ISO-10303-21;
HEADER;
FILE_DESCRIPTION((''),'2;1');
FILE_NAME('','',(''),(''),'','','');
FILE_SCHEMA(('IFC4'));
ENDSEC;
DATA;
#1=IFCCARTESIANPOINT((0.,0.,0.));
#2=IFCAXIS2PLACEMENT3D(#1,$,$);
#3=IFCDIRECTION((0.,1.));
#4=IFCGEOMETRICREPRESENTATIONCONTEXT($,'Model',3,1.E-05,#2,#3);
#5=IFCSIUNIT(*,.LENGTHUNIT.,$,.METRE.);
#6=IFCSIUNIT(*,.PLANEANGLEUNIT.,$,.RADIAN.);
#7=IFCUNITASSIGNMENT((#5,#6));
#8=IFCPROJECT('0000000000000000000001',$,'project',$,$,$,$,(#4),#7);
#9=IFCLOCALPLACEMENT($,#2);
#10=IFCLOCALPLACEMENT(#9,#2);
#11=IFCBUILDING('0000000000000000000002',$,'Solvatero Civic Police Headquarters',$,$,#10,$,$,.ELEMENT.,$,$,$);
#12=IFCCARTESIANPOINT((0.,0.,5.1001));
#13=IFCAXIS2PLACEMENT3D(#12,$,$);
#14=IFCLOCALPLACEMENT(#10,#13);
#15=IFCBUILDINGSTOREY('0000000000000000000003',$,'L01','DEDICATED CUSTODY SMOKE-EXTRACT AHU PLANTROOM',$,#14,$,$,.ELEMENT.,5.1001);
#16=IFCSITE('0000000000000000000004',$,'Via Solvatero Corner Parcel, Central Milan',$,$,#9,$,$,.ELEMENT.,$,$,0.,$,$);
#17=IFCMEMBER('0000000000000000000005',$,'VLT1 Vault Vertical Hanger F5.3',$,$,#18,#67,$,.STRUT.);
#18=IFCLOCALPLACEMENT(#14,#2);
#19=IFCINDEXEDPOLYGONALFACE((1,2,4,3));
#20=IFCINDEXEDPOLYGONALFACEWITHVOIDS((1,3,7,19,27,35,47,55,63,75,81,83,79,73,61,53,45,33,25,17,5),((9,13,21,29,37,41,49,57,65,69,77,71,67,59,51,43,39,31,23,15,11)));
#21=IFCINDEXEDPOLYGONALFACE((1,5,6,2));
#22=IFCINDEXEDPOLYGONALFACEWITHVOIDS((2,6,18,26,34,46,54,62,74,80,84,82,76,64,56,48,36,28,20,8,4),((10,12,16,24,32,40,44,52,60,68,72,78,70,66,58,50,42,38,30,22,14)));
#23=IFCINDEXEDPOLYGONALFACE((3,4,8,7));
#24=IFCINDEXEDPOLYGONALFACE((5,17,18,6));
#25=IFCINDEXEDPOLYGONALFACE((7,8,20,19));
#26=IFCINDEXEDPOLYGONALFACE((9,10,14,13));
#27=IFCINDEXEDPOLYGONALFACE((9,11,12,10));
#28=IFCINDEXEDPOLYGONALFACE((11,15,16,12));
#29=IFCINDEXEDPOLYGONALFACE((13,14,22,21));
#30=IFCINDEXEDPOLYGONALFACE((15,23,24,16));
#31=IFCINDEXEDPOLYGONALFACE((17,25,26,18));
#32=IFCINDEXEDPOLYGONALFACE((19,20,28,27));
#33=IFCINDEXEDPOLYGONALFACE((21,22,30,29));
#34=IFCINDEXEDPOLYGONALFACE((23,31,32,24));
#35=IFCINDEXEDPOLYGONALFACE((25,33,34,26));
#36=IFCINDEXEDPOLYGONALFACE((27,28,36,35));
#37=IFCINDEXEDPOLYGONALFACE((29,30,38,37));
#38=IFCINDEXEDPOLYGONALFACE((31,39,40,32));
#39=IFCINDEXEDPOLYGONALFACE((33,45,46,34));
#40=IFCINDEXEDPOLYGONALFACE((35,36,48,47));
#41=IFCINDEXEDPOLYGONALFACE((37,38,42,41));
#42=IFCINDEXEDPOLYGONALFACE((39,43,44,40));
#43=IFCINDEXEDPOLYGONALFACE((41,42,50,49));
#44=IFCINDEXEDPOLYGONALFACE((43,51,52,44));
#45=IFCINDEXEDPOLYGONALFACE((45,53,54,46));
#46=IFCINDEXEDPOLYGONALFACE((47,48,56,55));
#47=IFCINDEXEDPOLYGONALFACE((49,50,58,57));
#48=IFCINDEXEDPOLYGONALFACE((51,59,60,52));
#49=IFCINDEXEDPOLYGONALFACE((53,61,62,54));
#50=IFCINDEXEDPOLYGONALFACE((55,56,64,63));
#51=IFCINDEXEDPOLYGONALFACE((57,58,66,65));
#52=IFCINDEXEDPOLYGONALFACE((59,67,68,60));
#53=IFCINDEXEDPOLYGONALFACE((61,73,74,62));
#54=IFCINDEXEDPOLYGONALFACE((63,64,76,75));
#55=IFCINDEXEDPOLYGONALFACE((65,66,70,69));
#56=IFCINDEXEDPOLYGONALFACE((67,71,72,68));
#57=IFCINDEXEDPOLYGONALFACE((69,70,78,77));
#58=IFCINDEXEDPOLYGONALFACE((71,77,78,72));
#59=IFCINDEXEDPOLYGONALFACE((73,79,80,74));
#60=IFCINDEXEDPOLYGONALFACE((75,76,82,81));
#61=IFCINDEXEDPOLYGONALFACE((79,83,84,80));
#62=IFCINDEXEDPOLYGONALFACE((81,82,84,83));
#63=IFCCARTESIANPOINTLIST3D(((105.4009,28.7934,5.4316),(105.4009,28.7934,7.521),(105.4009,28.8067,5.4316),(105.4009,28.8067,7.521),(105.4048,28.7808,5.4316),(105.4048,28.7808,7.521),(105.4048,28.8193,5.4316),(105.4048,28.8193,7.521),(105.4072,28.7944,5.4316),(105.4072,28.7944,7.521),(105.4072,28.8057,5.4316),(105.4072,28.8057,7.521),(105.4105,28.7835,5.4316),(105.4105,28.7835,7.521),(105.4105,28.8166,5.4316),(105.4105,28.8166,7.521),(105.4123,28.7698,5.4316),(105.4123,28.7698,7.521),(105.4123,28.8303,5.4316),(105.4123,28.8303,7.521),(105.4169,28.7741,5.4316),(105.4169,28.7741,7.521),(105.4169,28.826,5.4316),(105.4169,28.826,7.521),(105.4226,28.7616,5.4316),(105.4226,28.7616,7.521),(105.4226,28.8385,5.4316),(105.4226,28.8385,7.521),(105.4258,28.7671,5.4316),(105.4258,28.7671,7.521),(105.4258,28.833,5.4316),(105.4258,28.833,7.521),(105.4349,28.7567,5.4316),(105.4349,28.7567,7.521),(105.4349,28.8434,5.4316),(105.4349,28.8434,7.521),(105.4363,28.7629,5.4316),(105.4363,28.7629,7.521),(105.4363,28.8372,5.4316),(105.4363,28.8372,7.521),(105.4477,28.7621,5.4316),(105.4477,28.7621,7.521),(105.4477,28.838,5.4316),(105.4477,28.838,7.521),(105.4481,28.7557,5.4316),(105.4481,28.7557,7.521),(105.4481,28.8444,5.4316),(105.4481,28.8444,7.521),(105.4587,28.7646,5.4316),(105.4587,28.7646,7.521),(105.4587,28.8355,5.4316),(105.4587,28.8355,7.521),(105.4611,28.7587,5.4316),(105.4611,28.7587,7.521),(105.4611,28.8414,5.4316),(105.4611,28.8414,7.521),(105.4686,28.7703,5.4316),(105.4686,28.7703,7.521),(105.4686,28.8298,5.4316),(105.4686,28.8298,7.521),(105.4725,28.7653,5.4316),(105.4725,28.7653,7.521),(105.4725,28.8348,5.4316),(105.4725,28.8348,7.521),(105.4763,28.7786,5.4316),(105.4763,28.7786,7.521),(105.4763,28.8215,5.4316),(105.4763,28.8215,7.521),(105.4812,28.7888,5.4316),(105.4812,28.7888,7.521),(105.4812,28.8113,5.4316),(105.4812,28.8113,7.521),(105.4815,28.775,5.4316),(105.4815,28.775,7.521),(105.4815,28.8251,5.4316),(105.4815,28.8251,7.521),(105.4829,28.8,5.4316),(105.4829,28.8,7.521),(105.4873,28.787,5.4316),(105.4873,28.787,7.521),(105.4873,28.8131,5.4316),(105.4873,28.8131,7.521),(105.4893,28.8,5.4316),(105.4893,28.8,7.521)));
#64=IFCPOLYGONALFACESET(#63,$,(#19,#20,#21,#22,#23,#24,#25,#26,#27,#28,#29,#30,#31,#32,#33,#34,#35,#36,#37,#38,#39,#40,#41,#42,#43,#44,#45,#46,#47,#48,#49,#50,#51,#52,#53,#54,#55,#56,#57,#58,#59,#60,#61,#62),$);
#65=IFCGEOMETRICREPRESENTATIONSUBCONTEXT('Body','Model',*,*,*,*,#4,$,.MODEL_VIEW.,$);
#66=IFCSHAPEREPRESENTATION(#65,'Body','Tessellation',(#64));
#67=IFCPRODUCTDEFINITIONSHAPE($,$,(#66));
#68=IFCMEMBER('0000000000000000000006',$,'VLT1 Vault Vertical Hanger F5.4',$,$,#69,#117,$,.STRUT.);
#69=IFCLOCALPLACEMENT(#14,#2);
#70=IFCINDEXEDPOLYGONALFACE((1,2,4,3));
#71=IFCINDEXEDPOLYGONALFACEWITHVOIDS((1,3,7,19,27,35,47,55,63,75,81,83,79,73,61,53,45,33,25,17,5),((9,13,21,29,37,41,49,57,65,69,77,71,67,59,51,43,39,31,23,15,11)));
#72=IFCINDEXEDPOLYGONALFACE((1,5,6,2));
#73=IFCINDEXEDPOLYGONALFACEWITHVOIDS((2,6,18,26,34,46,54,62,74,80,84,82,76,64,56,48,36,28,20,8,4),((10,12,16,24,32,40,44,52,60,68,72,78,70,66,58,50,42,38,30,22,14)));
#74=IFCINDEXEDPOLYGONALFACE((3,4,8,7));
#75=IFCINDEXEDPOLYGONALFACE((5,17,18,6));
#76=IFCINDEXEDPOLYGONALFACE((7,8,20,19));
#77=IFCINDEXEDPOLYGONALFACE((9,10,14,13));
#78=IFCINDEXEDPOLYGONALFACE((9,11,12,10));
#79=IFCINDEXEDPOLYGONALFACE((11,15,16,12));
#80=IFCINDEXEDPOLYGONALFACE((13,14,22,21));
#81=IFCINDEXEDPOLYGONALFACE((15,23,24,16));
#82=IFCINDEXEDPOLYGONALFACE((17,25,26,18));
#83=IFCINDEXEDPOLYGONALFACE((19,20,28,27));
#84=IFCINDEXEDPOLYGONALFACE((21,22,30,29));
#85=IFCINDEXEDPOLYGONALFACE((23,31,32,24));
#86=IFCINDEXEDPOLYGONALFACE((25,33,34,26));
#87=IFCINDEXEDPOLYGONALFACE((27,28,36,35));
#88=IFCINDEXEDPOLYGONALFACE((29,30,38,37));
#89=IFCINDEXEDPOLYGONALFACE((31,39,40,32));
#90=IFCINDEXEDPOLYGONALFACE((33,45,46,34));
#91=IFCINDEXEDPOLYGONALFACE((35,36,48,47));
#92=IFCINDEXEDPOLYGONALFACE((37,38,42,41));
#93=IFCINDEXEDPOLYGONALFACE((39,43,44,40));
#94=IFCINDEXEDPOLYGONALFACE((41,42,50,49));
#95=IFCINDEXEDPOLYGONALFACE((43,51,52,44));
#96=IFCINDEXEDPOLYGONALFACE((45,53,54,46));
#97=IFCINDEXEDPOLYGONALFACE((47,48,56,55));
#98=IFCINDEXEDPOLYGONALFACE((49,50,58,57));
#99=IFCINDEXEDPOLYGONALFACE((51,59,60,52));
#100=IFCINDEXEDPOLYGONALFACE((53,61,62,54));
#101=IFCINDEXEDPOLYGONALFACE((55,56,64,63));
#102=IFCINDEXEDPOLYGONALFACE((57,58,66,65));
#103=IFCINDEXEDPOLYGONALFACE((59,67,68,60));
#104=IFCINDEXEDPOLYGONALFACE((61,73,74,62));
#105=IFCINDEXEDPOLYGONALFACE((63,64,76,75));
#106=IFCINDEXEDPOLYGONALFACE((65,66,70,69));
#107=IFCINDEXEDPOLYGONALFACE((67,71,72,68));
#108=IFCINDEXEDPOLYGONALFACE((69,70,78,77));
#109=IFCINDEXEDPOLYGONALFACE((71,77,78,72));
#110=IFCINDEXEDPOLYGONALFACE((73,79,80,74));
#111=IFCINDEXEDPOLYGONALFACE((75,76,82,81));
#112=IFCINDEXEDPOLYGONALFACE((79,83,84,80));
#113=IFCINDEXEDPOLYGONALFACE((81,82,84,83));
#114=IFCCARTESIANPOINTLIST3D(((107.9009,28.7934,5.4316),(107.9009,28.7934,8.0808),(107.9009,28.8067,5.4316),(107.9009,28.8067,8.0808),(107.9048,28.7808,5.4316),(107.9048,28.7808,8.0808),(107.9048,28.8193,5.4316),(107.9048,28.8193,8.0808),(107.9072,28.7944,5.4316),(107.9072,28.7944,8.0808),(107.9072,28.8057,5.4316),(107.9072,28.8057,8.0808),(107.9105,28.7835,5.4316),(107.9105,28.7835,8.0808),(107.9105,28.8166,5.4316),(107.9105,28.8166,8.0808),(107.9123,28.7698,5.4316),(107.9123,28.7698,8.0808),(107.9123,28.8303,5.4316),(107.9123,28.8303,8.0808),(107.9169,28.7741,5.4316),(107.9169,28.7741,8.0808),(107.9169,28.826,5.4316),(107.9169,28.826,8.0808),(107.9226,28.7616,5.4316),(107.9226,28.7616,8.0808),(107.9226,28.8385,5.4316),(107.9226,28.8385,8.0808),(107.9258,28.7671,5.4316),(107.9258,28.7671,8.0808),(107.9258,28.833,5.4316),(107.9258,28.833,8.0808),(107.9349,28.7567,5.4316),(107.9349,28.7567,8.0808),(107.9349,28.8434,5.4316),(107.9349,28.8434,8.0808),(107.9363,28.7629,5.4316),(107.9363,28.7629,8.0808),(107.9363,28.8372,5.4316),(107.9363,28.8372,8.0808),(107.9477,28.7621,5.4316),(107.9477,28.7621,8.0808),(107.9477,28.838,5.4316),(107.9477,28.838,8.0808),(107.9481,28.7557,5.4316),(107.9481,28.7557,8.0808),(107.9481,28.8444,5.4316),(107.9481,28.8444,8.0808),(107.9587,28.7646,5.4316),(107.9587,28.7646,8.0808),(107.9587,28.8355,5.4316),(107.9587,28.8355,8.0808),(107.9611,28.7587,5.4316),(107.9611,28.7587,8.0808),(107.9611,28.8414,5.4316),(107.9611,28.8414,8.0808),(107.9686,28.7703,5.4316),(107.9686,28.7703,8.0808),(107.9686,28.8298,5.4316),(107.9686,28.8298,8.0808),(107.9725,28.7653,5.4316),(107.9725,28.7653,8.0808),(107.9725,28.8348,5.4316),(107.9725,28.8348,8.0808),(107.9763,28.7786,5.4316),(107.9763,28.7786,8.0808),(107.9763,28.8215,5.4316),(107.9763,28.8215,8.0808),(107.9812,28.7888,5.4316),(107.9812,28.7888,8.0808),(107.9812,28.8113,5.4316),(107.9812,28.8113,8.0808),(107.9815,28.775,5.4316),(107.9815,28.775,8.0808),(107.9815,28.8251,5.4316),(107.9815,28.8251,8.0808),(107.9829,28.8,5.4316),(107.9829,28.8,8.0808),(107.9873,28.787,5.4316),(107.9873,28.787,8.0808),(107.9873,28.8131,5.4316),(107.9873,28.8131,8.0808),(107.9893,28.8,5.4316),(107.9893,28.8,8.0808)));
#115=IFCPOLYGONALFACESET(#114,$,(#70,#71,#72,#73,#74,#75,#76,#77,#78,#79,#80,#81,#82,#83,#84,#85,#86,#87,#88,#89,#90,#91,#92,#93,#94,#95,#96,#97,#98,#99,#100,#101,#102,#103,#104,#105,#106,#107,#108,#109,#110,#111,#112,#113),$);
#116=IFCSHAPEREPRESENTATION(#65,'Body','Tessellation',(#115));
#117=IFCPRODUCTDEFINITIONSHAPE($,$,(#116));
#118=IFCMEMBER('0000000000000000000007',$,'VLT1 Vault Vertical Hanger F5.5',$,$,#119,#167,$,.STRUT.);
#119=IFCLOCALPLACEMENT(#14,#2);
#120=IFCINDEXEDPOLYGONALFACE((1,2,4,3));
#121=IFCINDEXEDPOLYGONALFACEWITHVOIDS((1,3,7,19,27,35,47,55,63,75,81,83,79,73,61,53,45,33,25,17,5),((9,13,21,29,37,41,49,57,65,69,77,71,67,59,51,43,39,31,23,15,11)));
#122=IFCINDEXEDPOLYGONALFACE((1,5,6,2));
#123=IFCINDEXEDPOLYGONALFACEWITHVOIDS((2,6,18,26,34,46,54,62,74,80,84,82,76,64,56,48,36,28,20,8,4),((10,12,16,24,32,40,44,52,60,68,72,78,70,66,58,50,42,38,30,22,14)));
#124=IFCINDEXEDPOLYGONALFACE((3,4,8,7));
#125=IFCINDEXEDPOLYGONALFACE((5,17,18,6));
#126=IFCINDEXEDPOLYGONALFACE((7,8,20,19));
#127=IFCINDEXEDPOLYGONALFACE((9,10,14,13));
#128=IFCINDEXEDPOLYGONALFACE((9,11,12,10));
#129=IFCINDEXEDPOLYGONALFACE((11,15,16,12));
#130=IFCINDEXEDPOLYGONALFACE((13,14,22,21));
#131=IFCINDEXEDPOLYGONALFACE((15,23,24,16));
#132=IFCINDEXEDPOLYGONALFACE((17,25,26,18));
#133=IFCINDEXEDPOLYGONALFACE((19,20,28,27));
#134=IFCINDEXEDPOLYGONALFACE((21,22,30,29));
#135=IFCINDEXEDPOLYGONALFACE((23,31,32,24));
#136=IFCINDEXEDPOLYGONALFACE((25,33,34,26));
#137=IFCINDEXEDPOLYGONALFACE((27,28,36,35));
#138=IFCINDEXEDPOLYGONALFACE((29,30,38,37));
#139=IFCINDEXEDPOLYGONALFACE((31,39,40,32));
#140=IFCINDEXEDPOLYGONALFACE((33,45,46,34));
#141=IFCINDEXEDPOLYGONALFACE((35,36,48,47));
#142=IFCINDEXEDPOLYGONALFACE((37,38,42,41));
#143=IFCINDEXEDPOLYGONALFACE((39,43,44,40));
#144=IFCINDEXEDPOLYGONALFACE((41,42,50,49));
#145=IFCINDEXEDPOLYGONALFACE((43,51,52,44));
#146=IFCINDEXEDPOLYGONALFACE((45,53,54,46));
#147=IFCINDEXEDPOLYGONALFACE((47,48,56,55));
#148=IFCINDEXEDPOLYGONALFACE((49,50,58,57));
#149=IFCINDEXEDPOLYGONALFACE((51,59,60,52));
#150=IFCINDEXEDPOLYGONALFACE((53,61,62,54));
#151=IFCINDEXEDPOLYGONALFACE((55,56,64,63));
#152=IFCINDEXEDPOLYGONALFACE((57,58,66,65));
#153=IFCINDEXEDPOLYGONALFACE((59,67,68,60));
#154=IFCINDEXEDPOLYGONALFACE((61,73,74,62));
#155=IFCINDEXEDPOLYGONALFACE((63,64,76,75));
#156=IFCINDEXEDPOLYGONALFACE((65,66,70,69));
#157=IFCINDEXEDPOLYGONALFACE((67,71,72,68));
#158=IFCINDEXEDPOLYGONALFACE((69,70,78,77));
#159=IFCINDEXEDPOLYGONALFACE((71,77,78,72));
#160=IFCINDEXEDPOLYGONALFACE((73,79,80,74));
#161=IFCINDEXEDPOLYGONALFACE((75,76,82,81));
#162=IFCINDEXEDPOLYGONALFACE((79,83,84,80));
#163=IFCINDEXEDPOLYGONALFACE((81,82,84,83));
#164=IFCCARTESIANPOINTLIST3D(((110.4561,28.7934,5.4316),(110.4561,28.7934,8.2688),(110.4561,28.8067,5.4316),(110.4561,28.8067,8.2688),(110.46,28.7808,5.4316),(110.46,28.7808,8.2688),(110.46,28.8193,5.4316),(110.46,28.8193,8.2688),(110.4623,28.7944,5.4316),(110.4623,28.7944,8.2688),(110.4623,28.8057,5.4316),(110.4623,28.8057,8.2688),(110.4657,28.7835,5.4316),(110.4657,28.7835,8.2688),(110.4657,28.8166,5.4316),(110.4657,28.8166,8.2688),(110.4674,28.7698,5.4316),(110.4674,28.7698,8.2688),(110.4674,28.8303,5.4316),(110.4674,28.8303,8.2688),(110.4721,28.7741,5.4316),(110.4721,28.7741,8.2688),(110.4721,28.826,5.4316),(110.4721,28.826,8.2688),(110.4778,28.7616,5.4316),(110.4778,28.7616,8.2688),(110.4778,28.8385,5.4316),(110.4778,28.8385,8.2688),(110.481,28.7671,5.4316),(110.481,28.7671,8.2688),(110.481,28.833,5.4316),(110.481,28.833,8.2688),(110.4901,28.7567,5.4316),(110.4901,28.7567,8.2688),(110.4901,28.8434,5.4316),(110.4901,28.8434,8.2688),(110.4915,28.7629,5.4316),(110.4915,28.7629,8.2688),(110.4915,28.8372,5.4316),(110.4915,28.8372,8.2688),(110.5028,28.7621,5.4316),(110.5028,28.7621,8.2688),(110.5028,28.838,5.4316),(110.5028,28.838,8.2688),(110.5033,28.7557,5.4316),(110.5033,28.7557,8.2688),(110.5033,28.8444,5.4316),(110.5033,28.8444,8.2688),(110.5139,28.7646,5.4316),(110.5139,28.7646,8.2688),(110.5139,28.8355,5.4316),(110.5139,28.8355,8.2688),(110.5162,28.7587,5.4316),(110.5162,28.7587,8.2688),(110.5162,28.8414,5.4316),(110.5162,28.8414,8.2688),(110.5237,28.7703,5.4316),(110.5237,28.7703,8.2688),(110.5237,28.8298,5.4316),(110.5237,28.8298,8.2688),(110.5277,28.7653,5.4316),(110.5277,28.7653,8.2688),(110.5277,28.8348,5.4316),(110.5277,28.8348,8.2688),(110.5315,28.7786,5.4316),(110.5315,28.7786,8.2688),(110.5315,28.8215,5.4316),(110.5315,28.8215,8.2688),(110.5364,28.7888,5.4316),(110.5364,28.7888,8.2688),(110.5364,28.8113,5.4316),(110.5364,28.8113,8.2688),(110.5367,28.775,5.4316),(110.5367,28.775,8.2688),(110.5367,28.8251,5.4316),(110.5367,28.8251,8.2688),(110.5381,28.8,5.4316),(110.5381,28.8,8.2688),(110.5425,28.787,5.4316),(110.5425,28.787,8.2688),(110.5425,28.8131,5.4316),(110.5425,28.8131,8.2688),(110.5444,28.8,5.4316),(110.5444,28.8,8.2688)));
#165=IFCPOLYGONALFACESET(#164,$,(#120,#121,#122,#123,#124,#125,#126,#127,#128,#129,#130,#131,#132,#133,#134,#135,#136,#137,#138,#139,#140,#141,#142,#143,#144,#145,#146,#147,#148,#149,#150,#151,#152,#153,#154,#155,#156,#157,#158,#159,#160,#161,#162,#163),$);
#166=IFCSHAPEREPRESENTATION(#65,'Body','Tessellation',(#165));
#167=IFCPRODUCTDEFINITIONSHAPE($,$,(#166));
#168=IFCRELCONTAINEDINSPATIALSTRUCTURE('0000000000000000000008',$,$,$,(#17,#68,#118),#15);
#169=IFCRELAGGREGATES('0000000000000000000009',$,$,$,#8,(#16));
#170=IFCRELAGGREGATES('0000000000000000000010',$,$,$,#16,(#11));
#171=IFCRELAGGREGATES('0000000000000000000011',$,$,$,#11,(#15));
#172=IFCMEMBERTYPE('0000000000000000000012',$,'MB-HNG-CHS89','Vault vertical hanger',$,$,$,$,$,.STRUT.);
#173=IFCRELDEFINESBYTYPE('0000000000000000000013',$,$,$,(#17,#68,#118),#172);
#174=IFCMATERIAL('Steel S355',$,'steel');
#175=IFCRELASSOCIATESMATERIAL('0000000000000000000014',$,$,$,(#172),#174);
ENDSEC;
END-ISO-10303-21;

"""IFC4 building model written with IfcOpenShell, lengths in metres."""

from ifc_helpers import new_model, si_unit, direction, frame, origin, origin_2d, place, context, subcontext, project, spatial, hollow_circle, extrude, material, material_profile, profile_set, type_object, element, save


model = new_model("IFC4")

# Units and contexts
model_context = context("Model", 3, precision=1e-05, world=origin(), true_north=direction((0.0, 1.0)))
body_context = subcontext(model_context, "Body", "Model", "MODEL_VIEW")
ifc_project = project(units=[si_unit("LENGTHUNIT", "METRE"), si_unit("PLANEANGLEUNIT", "RADIAN")], contexts=[model_context])

# Site, building, storey
site_placement = place(None, origin())
site = spatial("IfcSite", under=ifc_project, at=site_placement, Name="Via Solvatero Corner Parcel, Central Milan", CompositionType="ELEMENT", RefElevation=0.0)
building_placement = place(site_placement, origin())
building = spatial("IfcBuilding", under=site, at=building_placement, Name="Solvatero Civic Police Headquarters", CompositionType="ELEMENT")
storey_placement = place(building_placement, frame((0.0, 0.0, 5.1001)))
storey = spatial("IfcBuildingStorey", under=building, at=storey_placement, Name="L01", Description="DEDICATED CUSTODY SMOKE-EXTRACT AHU PLANTROOM", CompositionType="ELEMENT", Elevation=5.1001)

# Shared definitions
ifc_material = material(Name="Steel S355", Category="steel")

# Members
ifc_material_profile_1 = material_profile(ifc_material, hollow_circle(Radius=0.0444, WallThickness=0.0063, at=origin_2d()), Name="CHS 88.9x6.3")
ifc_profile_set_1 = profile_set([ifc_material_profile_1], Name="Steel S355")
member_type_1 = type_object("IfcMemberType", Name="MB-HNG-CHS89", Description="Vault vertical hanger", PredefinedType="STRUT", material=ifc_profile_set_1)
member_1_placement = place(storey_placement, frame((105.4448, 28.8, 5.4316), z_axis=(0.0, 0.0, 1.0), x_axis=(1.0, 0.0, 0.0)))
element("IfcMember", 1, at=member_1_placement, inside=storey, type_object=member_type_1, Name="VLT1 Vault Vertical Hanger F5.3", PredefinedType="STRUT", context=body_context, shape_type="SweptSolid", body=[
    extrude(hollow_circle(Radius=0.0444, WallThickness=0.0063, at=origin_2d()), origin(), (0.0, 0.0, 1.0), 2.0894),
])
member_2_placement = place(storey_placement, frame((107.9448, 28.8, 5.4316), z_axis=(0.0, 0.0, 1.0), x_axis=(1.0, 0.0, 0.0)))
element("IfcMember", 2, at=member_2_placement, inside=storey, type_object=member_type_1, Name="VLT1 Vault Vertical Hanger F5.4", PredefinedType="STRUT", context=body_context, shape_type="SweptSolid", body=[
    extrude(hollow_circle(Radius=0.0444, WallThickness=0.0063, at=origin_2d()), origin(), (0.0, 0.0, 1.0), 2.6492),
])
member_3_placement = place(storey_placement, frame((110.5, 28.8, 5.4316), z_axis=(0.0, 0.0, 1.0), x_axis=(1.0, 0.0, 0.0)))
element("IfcMember", 3, at=member_3_placement, inside=storey, type_object=member_type_1, Name="VLT1 Vault Vertical Hanger F5.5", PredefinedType="STRUT", context=body_context, shape_type="SweptSolid", body=[
    extrude(hollow_circle(Radius=0.0444, WallThickness=0.0063, at=origin_2d()), origin(), (0.0, 0.0, 1.0), 2.8372),
])

save(model, "model.ifc")
